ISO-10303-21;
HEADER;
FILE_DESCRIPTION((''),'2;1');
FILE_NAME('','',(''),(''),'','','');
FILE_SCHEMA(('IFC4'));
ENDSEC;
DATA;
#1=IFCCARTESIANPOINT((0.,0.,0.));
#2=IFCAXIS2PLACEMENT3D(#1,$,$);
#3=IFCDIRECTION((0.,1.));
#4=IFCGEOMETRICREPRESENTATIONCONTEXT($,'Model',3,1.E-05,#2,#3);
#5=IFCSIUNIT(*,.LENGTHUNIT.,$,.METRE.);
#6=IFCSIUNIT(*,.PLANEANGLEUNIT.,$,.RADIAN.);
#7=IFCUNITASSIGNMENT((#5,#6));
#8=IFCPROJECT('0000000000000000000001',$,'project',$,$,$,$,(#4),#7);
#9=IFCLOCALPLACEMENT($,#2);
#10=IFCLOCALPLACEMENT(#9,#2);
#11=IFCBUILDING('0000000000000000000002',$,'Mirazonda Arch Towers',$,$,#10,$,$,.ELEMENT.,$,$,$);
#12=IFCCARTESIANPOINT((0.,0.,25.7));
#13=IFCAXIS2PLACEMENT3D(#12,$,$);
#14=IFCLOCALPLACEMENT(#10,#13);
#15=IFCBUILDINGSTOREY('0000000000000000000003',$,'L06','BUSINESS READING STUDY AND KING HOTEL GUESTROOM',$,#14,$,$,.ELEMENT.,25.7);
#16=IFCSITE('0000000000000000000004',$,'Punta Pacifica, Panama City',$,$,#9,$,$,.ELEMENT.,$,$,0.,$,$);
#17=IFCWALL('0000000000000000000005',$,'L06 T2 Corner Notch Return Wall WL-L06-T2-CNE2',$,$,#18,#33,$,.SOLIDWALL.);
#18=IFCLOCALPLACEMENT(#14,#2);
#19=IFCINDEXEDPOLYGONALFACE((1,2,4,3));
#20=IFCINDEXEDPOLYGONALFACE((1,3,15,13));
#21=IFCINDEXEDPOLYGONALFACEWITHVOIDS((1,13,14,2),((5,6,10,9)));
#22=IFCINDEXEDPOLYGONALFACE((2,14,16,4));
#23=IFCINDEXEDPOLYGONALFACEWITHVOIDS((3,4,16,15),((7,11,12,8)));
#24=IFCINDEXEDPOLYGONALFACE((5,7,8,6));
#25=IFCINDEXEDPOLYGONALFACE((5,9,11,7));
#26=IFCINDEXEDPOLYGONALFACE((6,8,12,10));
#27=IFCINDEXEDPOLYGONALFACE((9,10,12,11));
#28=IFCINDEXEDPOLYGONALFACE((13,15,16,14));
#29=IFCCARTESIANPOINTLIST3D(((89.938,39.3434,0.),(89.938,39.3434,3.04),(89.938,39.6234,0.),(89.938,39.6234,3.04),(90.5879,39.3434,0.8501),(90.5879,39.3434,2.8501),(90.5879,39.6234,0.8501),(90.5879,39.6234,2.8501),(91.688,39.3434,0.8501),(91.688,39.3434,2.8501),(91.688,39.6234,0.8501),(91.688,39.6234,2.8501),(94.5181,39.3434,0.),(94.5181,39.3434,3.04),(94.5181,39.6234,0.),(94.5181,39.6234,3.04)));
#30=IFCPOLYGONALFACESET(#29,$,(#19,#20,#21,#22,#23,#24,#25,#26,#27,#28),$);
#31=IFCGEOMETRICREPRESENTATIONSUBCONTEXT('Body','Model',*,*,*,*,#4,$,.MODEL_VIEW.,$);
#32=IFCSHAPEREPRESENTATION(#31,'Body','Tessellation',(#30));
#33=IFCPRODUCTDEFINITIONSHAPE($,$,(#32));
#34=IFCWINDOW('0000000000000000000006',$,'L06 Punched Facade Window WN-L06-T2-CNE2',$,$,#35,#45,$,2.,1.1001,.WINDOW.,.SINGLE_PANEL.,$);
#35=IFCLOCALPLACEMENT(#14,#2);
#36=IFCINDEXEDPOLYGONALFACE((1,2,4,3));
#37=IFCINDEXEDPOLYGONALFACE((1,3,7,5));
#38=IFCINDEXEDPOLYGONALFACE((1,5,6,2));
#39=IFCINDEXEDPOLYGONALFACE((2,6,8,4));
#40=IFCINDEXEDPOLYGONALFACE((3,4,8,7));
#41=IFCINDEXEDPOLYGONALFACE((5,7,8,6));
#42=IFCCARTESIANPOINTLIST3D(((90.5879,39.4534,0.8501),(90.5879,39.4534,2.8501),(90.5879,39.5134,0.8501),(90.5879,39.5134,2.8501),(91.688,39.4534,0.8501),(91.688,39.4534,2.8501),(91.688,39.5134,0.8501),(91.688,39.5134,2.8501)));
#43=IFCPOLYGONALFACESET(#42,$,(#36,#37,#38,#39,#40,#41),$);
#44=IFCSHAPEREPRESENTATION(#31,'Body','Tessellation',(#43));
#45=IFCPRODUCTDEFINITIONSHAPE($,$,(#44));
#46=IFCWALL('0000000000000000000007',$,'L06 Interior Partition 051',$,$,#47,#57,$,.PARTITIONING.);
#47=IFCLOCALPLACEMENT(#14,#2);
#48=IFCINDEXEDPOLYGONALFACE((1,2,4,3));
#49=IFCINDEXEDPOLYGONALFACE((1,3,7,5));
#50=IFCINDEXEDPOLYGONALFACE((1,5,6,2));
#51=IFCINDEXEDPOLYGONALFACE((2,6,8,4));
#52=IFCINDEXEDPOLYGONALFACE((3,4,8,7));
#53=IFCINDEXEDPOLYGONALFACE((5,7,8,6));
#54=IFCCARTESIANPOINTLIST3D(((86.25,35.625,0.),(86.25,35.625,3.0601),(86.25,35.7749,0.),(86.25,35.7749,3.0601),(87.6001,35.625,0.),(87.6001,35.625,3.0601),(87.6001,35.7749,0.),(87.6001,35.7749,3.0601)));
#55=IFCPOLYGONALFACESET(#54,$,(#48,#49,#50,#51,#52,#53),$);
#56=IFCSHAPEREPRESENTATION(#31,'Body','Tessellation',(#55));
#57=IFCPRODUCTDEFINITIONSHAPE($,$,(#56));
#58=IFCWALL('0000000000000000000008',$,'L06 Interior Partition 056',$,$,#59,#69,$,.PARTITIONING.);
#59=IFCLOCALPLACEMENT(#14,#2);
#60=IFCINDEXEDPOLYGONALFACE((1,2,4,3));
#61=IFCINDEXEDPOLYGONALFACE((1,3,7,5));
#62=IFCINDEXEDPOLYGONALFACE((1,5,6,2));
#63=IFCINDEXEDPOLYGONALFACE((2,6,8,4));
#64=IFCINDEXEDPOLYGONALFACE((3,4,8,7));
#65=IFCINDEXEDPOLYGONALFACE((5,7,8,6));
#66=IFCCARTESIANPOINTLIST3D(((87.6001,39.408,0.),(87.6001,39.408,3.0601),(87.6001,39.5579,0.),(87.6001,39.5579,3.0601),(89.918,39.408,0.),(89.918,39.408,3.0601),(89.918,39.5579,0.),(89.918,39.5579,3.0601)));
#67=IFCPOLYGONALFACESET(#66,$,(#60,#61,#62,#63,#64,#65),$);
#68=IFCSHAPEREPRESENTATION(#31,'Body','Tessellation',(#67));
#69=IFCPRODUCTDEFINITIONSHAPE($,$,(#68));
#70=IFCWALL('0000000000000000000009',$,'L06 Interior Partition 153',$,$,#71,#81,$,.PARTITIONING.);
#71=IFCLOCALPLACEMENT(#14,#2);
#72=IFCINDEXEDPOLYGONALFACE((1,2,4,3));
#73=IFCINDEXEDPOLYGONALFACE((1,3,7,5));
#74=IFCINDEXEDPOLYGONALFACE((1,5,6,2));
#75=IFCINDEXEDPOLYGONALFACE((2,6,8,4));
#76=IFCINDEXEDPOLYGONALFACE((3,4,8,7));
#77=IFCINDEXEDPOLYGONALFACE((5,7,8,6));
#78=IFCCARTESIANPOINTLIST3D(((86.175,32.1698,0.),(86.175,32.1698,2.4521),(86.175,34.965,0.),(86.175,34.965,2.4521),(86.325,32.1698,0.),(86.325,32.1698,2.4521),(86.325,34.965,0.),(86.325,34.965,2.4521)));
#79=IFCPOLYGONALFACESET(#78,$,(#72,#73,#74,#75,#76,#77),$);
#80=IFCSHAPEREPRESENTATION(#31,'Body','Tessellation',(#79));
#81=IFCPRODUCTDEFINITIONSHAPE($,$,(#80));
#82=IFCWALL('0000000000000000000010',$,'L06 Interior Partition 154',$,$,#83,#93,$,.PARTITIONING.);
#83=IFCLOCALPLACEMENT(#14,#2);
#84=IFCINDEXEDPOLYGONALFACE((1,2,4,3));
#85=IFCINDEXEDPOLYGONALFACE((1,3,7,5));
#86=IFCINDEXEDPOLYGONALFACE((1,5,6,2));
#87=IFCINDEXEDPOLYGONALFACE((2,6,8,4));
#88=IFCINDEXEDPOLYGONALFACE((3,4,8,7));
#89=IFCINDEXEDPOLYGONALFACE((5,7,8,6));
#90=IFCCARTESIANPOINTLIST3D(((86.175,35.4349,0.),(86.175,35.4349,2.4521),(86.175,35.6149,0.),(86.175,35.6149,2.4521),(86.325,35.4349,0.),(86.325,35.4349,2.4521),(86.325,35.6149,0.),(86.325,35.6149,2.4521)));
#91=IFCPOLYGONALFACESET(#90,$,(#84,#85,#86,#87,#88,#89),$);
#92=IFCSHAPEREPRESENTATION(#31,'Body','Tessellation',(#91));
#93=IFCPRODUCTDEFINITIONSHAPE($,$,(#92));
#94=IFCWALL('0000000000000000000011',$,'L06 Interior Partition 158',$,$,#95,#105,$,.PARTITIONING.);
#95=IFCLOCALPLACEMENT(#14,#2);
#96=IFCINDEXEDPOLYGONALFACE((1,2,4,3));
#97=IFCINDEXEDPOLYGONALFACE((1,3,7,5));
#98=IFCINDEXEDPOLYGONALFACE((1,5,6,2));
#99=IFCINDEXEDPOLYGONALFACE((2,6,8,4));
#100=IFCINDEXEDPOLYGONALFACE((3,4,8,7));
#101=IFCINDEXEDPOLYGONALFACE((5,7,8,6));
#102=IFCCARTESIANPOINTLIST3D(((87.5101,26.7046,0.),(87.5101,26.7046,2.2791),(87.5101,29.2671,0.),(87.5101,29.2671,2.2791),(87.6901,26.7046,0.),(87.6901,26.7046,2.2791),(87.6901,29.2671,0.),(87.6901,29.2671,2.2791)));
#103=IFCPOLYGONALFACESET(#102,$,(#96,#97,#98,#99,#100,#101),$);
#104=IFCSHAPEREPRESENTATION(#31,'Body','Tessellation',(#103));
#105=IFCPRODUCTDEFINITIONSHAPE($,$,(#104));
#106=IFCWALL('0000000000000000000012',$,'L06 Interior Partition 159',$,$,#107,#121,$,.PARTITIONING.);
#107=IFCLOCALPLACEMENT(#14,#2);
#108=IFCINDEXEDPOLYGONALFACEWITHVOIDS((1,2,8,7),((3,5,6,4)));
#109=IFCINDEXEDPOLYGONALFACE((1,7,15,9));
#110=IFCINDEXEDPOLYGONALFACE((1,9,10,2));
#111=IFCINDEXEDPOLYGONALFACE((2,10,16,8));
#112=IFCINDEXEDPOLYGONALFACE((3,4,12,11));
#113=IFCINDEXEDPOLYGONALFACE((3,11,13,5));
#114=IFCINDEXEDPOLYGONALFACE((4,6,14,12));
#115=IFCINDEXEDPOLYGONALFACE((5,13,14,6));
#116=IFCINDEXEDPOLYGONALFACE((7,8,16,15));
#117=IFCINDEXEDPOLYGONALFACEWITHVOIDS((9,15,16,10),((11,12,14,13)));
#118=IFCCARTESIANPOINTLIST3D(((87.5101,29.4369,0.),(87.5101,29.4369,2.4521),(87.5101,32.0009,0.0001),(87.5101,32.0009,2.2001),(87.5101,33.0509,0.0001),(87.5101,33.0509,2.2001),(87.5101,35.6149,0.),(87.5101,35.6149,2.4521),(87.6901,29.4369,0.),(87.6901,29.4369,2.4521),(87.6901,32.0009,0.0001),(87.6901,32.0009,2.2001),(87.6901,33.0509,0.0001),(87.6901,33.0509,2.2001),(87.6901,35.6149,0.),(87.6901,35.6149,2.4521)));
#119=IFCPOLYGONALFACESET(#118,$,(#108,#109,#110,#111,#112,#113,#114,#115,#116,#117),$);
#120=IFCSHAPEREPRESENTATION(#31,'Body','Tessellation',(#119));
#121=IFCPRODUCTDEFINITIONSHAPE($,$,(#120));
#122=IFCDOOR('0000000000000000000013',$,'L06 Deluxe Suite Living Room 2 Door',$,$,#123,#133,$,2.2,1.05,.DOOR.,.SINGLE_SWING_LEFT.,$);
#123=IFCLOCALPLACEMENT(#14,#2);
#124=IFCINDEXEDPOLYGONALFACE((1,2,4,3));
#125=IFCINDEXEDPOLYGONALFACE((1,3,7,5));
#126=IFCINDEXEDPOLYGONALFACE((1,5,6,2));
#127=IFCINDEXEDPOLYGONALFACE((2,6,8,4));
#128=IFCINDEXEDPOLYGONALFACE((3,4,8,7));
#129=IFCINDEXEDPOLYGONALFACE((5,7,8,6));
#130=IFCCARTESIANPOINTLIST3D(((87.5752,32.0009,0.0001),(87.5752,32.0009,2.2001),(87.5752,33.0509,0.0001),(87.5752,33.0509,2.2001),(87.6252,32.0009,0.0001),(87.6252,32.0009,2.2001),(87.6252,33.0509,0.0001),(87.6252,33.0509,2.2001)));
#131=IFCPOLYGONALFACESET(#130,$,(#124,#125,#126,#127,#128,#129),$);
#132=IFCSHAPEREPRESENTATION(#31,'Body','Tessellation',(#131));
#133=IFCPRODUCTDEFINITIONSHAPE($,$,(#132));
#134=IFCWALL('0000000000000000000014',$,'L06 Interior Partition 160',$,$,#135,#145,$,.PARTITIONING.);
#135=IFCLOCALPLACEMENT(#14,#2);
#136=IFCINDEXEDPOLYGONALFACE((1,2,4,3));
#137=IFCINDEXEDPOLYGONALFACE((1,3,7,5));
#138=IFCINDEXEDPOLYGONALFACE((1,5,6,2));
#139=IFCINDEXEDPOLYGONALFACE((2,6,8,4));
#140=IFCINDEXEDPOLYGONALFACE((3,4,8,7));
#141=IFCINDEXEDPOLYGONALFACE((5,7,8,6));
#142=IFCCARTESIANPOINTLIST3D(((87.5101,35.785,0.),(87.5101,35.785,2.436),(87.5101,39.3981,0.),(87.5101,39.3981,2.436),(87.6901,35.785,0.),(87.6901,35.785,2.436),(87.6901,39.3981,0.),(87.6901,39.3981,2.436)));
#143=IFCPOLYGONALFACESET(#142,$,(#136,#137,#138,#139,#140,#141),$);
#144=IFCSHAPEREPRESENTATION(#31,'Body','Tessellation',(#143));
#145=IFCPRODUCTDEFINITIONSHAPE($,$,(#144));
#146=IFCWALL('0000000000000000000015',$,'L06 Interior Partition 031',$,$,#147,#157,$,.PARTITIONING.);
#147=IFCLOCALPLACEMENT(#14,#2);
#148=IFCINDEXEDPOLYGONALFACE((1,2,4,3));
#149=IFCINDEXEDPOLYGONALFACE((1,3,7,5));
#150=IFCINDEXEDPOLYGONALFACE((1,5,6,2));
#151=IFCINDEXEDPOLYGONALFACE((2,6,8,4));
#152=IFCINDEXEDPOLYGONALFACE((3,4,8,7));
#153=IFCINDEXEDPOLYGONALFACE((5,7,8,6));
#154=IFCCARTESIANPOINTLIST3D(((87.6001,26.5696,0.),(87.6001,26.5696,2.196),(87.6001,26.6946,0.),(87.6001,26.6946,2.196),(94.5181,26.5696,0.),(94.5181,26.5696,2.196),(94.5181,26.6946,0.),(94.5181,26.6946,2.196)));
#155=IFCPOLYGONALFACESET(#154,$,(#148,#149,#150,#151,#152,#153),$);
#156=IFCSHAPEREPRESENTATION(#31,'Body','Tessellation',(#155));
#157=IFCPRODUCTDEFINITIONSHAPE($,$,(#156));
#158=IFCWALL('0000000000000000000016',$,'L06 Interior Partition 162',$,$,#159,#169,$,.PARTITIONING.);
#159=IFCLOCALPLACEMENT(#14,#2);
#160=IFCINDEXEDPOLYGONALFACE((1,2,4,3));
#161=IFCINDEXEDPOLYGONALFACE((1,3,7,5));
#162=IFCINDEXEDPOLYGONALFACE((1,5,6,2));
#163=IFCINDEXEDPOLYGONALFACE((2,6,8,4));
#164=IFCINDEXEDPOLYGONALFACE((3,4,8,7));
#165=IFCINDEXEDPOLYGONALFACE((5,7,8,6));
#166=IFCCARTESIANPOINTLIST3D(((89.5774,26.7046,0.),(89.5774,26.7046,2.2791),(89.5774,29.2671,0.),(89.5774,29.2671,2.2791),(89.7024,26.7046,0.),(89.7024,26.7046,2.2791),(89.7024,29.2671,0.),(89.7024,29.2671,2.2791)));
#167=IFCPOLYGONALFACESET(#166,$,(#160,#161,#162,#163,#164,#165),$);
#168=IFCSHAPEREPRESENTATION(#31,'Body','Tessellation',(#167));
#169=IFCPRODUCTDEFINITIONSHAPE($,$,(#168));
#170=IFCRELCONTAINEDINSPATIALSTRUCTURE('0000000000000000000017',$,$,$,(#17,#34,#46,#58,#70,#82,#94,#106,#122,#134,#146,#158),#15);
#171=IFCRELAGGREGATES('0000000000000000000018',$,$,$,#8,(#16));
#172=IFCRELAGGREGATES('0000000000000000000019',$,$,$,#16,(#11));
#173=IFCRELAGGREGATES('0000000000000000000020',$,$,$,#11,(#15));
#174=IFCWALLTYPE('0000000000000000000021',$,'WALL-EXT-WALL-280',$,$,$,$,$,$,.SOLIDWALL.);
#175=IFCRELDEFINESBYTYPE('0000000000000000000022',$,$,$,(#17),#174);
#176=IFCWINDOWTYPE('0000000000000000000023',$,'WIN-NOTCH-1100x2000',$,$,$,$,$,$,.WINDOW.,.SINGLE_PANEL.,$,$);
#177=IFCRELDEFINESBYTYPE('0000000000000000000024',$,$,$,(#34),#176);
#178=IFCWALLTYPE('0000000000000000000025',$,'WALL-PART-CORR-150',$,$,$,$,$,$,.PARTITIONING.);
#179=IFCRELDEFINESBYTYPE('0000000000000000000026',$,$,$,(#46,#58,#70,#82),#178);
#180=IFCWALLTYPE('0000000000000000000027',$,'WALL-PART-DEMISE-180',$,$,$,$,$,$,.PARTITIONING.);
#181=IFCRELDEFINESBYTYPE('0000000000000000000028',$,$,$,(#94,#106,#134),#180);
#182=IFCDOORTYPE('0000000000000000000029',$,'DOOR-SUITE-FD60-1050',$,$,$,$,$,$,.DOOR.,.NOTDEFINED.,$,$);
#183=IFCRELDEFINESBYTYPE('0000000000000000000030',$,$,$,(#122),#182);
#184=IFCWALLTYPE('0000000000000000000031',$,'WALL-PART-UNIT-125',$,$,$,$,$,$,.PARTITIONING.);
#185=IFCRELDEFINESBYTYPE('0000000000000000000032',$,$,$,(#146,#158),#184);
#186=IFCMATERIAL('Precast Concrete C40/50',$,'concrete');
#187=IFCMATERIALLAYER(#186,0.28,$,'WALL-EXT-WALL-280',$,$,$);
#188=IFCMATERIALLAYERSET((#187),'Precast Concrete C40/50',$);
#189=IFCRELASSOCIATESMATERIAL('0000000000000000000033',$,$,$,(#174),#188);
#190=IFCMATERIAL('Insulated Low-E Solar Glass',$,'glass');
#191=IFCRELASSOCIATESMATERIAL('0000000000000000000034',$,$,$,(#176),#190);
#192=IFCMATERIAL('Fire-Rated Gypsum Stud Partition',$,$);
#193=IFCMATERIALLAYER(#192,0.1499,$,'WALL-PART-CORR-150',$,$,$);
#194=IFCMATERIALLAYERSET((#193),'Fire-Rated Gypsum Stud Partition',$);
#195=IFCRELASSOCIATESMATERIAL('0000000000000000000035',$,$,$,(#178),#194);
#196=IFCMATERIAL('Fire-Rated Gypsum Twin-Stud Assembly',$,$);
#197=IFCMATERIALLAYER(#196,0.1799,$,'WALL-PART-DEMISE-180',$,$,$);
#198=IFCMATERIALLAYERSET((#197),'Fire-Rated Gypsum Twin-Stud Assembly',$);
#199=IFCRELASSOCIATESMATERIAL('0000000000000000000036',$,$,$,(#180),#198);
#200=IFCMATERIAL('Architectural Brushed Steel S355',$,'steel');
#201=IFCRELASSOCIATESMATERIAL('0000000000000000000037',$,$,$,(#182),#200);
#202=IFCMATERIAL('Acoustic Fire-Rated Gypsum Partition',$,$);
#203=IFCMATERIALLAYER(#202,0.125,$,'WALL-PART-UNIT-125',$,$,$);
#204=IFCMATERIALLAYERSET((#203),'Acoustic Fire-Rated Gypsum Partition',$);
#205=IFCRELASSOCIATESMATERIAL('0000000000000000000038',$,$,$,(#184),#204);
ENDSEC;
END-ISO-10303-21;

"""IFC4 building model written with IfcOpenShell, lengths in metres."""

from ifc_helpers import new_model, si_unit, direction, frame, frame_2d, origin, place, context, subcontext, project, spatial, rectangle, extrude, material, layer, layer_set, type_object, element, fill, save


model = new_model("IFC4")

# Units and contexts
model_context = context("Model", 3, precision=1e-05, world=origin(), true_north=direction((0.0, 1.0)))
body_context = subcontext(model_context, "Body", "Model", "MODEL_VIEW")
ifc_project = project(units=[si_unit("LENGTHUNIT", "METRE"), si_unit("PLANEANGLEUNIT", "RADIAN")], contexts=[model_context])

# Site, building, storey
site_placement = place(None, origin())
site = spatial("IfcSite", under=ifc_project, at=site_placement, Name="Punta Pacifica, Panama City", CompositionType="ELEMENT", RefElevation=0.0)
building_placement = place(site_placement, origin())
building = spatial("IfcBuilding", under=site, at=building_placement, Name="Mirazonda Arch Towers", CompositionType="ELEMENT")
storey_placement = place(building_placement, frame((0.0, 0.0, 25.7)))
storey = spatial("IfcBuildingStorey", under=building, at=storey_placement, Name="L06", Description="BUSINESS READING STUDY AND KING HOTEL GUESTROOM", CompositionType="ELEMENT", Elevation=25.7)

# Shared definitions
ifc_material_1 = material(Name="Insulated Low-E Solar Glass", Category="glass")

# Wall, opening, window
ifc_material_2 = material(Name="Precast Concrete C40/50", Category="concrete")
ifc_layer_1 = layer(ifc_material_2, 0.28, Name="WALL-EXT-WALL-280")
ifc_layer_set_1 = layer_set([ifc_layer_1], Name="Precast Concrete C40/50")
wall_type_1 = type_object("IfcWallType", Name="WALL-EXT-WALL-280", PredefinedType="SOLIDWALL", material=ifc_layer_set_1)
window_type = type_object("IfcWindowType", Name="WIN-NOTCH-1100x2000", PartitioningType="SINGLE_PANEL", PredefinedType="WINDOW", material=ifc_material_1)
wall_1_placement = place(storey_placement, frame((94.5181, 39.4834, 0.0), z_axis=(0.0, 0.0, 1.0), x_axis=(-1.0, 0.0, 0.0)))
wall_1 = element("IfcWall", 1, at=wall_1_placement, inside=storey, type_object=wall_type_1, Name="L06 T2 Corner Notch Return Wall WL-L06-T2-CNE2", PredefinedType="SOLIDWALL", context=body_context, shape_type="SweptSolid", body=[
    extrude(rectangle(XDim=4.5801, YDim=0.28, at=frame_2d((2.29, 0.0))), origin(), (0.0, 0.0, 1.0), 3.04),
])
opening_1_placement = place(wall_1_placement, frame((2.8301, 0.0, 0.8501)))
opening_1 = element("IfcOpeningElement", 2, at=opening_1_placement, cuts=wall_1, PredefinedType="OPENING", context=body_context, shape_type="SweptSolid", body=[
    extrude(rectangle(XDim=1.1001, YDim=2.0, at=frame_2d((0.55, 1.0))), frame((0.0, 0.1499, 0.0), z_axis=(0.0, -1.0, 0.0), x_axis=(1.0, 0.0, 0.0)), (0.0, 0.0, 1.0), 0.3),
])
window_1_placement = place(opening_1_placement, origin())
window_1 = element("IfcWindow", 3, at=window_1_placement, inside=storey, type_object=window_type, Name="L06 Punched Facade Window WN-L06-T2-CNE2", OverallHeight=2.0, OverallWidth=1.1001, PartitioningType="SINGLE_PANEL", PredefinedType="WINDOW", context=body_context, shape_type="SweptSolid", body=[
    extrude(rectangle(XDim=1.1001, YDim=2.0, at=frame_2d((0.55, 1.0))), frame((0.0, 0.03, 0.0), z_axis=(0.0, -1.0, 0.0), x_axis=(1.0, 0.0, 0.0)), (0.0, 0.0, 1.0), 0.0601),
])
fill(opening_1, window_1)

# Shared definitions
ifc_material_3 = material(Name="Fire-Rated Gypsum Stud Partition")
ifc_layer_2 = layer(ifc_material_3, 0.1499, Name="WALL-PART-CORR-150")
ifc_layer_set_2 = layer_set([ifc_layer_2], Name="Fire-Rated Gypsum Stud Partition")
wall_type_2 = type_object("IfcWallType", Name="WALL-PART-CORR-150", PredefinedType="PARTITIONING", material=ifc_layer_set_2)
ifc_material_4 = material(Name="Architectural Brushed Steel S355", Category="steel")

# Walls
wall_2_placement = place(storey_placement, frame((86.25, 35.7, 0.0), z_axis=(0.0, 0.0, 1.0), x_axis=(1.0, 0.0, 0.0)))
element("IfcWall", 4, at=wall_2_placement, inside=storey, type_object=wall_type_2, Name="L06 Interior Partition 051", PredefinedType="PARTITIONING", context=body_context, shape_type="SweptSolid", body=[
    extrude(rectangle(XDim=1.3501, YDim=0.1499, at=frame_2d((0.675, 0.0))), origin(), (0.0, 0.0, 1.0), 3.0601),
])
wall_3_placement = place(storey_placement, frame((87.6001, 39.4829, 0.0), z_axis=(0.0, 0.0, 1.0), x_axis=(1.0, 0.0, 0.0)))
element("IfcWall", 5, at=wall_3_placement, inside=storey, type_object=wall_type_2, Name="L06 Interior Partition 056", PredefinedType="PARTITIONING", context=body_context, shape_type="SweptSolid", body=[
    extrude(rectangle(XDim=2.3179, YDim=0.1499, at=frame_2d((1.1589, 0.0))), origin(), (0.0, 0.0, 1.0), 3.0601),
])
wall_4_placement = place(storey_placement, frame((86.25, 32.1699, 0.0), z_axis=(0.0, 0.0, 1.0), x_axis=(0.0, 1.0, 0.0)))
element("IfcWall", 6, at=wall_4_placement, inside=storey, type_object=wall_type_2, Name="L06 Interior Partition 153", PredefinedType="PARTITIONING", context=body_context, shape_type="SweptSolid", body=[
    extrude(rectangle(XDim=2.7952, YDim=0.1499, at=frame_2d((1.3975, 0.0))), origin(), (0.0, 0.0, 1.0), 2.4521),
])
wall_5_placement = place(storey_placement, frame((86.25, 35.4351, 0.0), z_axis=(0.0, 0.0, 1.0), x_axis=(0.0, 1.0, 0.0)))
element("IfcWall", 7, at=wall_5_placement, inside=storey, type_object=wall_type_2, Name="L06 Interior Partition 154", PredefinedType="PARTITIONING", context=body_context, shape_type="SweptSolid", body=[
    extrude(rectangle(XDim=0.1799, YDim=0.1499, at=frame_2d((0.0898, 0.0))), origin(), (0.0, 0.0, 1.0), 2.4521),
])
ifc_material_5 = material(Name="Fire-Rated Gypsum Twin-Stud Assembly")
ifc_layer_3 = layer(ifc_material_5, 0.1799, Name="WALL-PART-DEMISE-180")
ifc_layer_set_3 = layer_set([ifc_layer_3], Name="Fire-Rated Gypsum Twin-Stud Assembly")
wall_type_3 = type_object("IfcWallType", Name="WALL-PART-DEMISE-180", PredefinedType="PARTITIONING", material=ifc_layer_set_3)
wall_6_placement = place(storey_placement, frame((87.6001, 26.7046, 0.0), z_axis=(0.0, 0.0, 1.0), x_axis=(0.0, 1.0, 0.0)))
element("IfcWall", 8, at=wall_6_placement, inside=storey, type_object=wall_type_3, Name="L06 Interior Partition 158", PredefinedType="PARTITIONING", context=body_context, shape_type="SweptSolid", body=[
    extrude(rectangle(XDim=2.5625, YDim=0.1799, at=frame_2d((1.2812, 0.0))), origin(), (0.0, 0.0, 1.0), 2.2791),
])

# Wall, opening, door
wall_7_placement = place(storey_placement, frame((87.6001, 29.437, 0.0), z_axis=(0.0, 0.0, 1.0), x_axis=(0.0, 1.0, 0.0)))
wall_7 = element("IfcWall", 9, at=wall_7_placement, inside=storey, type_object=wall_type_3, Name="L06 Interior Partition 159", PredefinedType="PARTITIONING", context=body_context, shape_type="SweptSolid", body=[
    extrude(rectangle(XDim=6.178, YDim=0.1799, at=frame_2d((3.0889, 0.0))), origin(), (0.0, 0.0, 1.0), 2.4521),
])
opening_2_placement = place(wall_7_placement, frame((2.564, 0.0, 0.0)))
opening_2 = element("IfcOpeningElement", 10, at=opening_2_placement, cuts=wall_7, PredefinedType="OPENING", context=body_context, shape_type="SweptSolid", body=[
    extrude(rectangle(XDim=1.05, YDim=2.2, at=frame_2d((0.5249, 1.1001))), frame((0.0, 0.0999, 0.0), z_axis=(0.0, -1.0, 0.0), x_axis=(1.0, 0.0, 0.0)), (0.0, 0.0, 1.0), 0.2),
])
door_type_1 = type_object("IfcDoorType", Name="DOOR-SUITE-FD60-1050", OperationType="NOTDEFINED", PredefinedType="DOOR", material=ifc_material_4)
door_1_placement = place(opening_2_placement, origin())
door_1 = element("IfcDoor", 11, at=door_1_placement, inside=storey, type_object=door_type_1, Name="L06 Deluxe Suite Living Room 2 Door", OperationType="SINGLE_SWING_LEFT", OverallHeight=2.2, OverallWidth=1.05, PredefinedType="DOOR", context=body_context, shape_type="SweptSolid", body=[
    extrude(rectangle(XDim=1.05, YDim=2.2, at=frame_2d((0.5249, 1.1001))), frame((0.0, 0.0249, 0.0), z_axis=(0.0, -1.0, 0.0), x_axis=(1.0, 0.0, 0.0)), (0.0, 0.0, 1.0), 0.05),
])
fill(opening_2, door_1)

# Walls
wall_8_placement = place(storey_placement, frame((87.6001, 35.7849, 0.0), z_axis=(0.0, 0.0, 1.0), x_axis=(0.0, 1.0, 0.0)))
element("IfcWall", 12, at=wall_8_placement, inside=storey, type_object=wall_type_3, Name="L06 Interior Partition 160", PredefinedType="PARTITIONING", context=body_context, shape_type="SweptSolid", body=[
    extrude(rectangle(XDim=3.613, YDim=0.1799, at=frame_2d((1.8066, 0.0))), origin(), (0.0, 0.0, 1.0), 2.436),
])
ifc_material_6 = material(Name="Acoustic Fire-Rated Gypsum Partition")
ifc_layer_4 = layer(ifc_material_6, 0.125, Name="WALL-PART-UNIT-125")
ifc_layer_set_4 = layer_set([ifc_layer_4], Name="Acoustic Fire-Rated Gypsum Partition")
wall_type_4 = type_object("IfcWallType", Name="WALL-PART-UNIT-125", PredefinedType="PARTITIONING", material=ifc_layer_set_4)
wall_9_placement = place(storey_placement, frame((87.6001, 26.6321, 0.0), z_axis=(0.0, 0.0, 1.0), x_axis=(1.0, 0.0, 0.0)))
element("IfcWall", 13, at=wall_9_placement, inside=storey, type_object=wall_type_4, Name="L06 Interior Partition 031", PredefinedType="PARTITIONING", context=body_context, shape_type="SweptSolid", body=[
    extrude(rectangle(XDim=6.918, YDim=0.125, at=frame_2d((3.459, 0.0))), origin(), (0.0, 0.0, 1.0), 2.196),
])
wall_10_placement = place(storey_placement, frame((89.6399, 26.7046, 0.0), z_axis=(0.0, 0.0, 1.0), x_axis=(0.0, 1.0, 0.0)))
element("IfcWall", 14, at=wall_10_placement, inside=storey, type_object=wall_type_4, Name="L06 Interior Partition 162", PredefinedType="PARTITIONING", context=body_context, shape_type="SweptSolid", body=[
    extrude(rectangle(XDim=2.5625, YDim=0.125, at=frame_2d((1.2812, 0.0))), origin(), (0.0, 0.0, 1.0), 2.2791),
])

save(model, "model.ifc")
